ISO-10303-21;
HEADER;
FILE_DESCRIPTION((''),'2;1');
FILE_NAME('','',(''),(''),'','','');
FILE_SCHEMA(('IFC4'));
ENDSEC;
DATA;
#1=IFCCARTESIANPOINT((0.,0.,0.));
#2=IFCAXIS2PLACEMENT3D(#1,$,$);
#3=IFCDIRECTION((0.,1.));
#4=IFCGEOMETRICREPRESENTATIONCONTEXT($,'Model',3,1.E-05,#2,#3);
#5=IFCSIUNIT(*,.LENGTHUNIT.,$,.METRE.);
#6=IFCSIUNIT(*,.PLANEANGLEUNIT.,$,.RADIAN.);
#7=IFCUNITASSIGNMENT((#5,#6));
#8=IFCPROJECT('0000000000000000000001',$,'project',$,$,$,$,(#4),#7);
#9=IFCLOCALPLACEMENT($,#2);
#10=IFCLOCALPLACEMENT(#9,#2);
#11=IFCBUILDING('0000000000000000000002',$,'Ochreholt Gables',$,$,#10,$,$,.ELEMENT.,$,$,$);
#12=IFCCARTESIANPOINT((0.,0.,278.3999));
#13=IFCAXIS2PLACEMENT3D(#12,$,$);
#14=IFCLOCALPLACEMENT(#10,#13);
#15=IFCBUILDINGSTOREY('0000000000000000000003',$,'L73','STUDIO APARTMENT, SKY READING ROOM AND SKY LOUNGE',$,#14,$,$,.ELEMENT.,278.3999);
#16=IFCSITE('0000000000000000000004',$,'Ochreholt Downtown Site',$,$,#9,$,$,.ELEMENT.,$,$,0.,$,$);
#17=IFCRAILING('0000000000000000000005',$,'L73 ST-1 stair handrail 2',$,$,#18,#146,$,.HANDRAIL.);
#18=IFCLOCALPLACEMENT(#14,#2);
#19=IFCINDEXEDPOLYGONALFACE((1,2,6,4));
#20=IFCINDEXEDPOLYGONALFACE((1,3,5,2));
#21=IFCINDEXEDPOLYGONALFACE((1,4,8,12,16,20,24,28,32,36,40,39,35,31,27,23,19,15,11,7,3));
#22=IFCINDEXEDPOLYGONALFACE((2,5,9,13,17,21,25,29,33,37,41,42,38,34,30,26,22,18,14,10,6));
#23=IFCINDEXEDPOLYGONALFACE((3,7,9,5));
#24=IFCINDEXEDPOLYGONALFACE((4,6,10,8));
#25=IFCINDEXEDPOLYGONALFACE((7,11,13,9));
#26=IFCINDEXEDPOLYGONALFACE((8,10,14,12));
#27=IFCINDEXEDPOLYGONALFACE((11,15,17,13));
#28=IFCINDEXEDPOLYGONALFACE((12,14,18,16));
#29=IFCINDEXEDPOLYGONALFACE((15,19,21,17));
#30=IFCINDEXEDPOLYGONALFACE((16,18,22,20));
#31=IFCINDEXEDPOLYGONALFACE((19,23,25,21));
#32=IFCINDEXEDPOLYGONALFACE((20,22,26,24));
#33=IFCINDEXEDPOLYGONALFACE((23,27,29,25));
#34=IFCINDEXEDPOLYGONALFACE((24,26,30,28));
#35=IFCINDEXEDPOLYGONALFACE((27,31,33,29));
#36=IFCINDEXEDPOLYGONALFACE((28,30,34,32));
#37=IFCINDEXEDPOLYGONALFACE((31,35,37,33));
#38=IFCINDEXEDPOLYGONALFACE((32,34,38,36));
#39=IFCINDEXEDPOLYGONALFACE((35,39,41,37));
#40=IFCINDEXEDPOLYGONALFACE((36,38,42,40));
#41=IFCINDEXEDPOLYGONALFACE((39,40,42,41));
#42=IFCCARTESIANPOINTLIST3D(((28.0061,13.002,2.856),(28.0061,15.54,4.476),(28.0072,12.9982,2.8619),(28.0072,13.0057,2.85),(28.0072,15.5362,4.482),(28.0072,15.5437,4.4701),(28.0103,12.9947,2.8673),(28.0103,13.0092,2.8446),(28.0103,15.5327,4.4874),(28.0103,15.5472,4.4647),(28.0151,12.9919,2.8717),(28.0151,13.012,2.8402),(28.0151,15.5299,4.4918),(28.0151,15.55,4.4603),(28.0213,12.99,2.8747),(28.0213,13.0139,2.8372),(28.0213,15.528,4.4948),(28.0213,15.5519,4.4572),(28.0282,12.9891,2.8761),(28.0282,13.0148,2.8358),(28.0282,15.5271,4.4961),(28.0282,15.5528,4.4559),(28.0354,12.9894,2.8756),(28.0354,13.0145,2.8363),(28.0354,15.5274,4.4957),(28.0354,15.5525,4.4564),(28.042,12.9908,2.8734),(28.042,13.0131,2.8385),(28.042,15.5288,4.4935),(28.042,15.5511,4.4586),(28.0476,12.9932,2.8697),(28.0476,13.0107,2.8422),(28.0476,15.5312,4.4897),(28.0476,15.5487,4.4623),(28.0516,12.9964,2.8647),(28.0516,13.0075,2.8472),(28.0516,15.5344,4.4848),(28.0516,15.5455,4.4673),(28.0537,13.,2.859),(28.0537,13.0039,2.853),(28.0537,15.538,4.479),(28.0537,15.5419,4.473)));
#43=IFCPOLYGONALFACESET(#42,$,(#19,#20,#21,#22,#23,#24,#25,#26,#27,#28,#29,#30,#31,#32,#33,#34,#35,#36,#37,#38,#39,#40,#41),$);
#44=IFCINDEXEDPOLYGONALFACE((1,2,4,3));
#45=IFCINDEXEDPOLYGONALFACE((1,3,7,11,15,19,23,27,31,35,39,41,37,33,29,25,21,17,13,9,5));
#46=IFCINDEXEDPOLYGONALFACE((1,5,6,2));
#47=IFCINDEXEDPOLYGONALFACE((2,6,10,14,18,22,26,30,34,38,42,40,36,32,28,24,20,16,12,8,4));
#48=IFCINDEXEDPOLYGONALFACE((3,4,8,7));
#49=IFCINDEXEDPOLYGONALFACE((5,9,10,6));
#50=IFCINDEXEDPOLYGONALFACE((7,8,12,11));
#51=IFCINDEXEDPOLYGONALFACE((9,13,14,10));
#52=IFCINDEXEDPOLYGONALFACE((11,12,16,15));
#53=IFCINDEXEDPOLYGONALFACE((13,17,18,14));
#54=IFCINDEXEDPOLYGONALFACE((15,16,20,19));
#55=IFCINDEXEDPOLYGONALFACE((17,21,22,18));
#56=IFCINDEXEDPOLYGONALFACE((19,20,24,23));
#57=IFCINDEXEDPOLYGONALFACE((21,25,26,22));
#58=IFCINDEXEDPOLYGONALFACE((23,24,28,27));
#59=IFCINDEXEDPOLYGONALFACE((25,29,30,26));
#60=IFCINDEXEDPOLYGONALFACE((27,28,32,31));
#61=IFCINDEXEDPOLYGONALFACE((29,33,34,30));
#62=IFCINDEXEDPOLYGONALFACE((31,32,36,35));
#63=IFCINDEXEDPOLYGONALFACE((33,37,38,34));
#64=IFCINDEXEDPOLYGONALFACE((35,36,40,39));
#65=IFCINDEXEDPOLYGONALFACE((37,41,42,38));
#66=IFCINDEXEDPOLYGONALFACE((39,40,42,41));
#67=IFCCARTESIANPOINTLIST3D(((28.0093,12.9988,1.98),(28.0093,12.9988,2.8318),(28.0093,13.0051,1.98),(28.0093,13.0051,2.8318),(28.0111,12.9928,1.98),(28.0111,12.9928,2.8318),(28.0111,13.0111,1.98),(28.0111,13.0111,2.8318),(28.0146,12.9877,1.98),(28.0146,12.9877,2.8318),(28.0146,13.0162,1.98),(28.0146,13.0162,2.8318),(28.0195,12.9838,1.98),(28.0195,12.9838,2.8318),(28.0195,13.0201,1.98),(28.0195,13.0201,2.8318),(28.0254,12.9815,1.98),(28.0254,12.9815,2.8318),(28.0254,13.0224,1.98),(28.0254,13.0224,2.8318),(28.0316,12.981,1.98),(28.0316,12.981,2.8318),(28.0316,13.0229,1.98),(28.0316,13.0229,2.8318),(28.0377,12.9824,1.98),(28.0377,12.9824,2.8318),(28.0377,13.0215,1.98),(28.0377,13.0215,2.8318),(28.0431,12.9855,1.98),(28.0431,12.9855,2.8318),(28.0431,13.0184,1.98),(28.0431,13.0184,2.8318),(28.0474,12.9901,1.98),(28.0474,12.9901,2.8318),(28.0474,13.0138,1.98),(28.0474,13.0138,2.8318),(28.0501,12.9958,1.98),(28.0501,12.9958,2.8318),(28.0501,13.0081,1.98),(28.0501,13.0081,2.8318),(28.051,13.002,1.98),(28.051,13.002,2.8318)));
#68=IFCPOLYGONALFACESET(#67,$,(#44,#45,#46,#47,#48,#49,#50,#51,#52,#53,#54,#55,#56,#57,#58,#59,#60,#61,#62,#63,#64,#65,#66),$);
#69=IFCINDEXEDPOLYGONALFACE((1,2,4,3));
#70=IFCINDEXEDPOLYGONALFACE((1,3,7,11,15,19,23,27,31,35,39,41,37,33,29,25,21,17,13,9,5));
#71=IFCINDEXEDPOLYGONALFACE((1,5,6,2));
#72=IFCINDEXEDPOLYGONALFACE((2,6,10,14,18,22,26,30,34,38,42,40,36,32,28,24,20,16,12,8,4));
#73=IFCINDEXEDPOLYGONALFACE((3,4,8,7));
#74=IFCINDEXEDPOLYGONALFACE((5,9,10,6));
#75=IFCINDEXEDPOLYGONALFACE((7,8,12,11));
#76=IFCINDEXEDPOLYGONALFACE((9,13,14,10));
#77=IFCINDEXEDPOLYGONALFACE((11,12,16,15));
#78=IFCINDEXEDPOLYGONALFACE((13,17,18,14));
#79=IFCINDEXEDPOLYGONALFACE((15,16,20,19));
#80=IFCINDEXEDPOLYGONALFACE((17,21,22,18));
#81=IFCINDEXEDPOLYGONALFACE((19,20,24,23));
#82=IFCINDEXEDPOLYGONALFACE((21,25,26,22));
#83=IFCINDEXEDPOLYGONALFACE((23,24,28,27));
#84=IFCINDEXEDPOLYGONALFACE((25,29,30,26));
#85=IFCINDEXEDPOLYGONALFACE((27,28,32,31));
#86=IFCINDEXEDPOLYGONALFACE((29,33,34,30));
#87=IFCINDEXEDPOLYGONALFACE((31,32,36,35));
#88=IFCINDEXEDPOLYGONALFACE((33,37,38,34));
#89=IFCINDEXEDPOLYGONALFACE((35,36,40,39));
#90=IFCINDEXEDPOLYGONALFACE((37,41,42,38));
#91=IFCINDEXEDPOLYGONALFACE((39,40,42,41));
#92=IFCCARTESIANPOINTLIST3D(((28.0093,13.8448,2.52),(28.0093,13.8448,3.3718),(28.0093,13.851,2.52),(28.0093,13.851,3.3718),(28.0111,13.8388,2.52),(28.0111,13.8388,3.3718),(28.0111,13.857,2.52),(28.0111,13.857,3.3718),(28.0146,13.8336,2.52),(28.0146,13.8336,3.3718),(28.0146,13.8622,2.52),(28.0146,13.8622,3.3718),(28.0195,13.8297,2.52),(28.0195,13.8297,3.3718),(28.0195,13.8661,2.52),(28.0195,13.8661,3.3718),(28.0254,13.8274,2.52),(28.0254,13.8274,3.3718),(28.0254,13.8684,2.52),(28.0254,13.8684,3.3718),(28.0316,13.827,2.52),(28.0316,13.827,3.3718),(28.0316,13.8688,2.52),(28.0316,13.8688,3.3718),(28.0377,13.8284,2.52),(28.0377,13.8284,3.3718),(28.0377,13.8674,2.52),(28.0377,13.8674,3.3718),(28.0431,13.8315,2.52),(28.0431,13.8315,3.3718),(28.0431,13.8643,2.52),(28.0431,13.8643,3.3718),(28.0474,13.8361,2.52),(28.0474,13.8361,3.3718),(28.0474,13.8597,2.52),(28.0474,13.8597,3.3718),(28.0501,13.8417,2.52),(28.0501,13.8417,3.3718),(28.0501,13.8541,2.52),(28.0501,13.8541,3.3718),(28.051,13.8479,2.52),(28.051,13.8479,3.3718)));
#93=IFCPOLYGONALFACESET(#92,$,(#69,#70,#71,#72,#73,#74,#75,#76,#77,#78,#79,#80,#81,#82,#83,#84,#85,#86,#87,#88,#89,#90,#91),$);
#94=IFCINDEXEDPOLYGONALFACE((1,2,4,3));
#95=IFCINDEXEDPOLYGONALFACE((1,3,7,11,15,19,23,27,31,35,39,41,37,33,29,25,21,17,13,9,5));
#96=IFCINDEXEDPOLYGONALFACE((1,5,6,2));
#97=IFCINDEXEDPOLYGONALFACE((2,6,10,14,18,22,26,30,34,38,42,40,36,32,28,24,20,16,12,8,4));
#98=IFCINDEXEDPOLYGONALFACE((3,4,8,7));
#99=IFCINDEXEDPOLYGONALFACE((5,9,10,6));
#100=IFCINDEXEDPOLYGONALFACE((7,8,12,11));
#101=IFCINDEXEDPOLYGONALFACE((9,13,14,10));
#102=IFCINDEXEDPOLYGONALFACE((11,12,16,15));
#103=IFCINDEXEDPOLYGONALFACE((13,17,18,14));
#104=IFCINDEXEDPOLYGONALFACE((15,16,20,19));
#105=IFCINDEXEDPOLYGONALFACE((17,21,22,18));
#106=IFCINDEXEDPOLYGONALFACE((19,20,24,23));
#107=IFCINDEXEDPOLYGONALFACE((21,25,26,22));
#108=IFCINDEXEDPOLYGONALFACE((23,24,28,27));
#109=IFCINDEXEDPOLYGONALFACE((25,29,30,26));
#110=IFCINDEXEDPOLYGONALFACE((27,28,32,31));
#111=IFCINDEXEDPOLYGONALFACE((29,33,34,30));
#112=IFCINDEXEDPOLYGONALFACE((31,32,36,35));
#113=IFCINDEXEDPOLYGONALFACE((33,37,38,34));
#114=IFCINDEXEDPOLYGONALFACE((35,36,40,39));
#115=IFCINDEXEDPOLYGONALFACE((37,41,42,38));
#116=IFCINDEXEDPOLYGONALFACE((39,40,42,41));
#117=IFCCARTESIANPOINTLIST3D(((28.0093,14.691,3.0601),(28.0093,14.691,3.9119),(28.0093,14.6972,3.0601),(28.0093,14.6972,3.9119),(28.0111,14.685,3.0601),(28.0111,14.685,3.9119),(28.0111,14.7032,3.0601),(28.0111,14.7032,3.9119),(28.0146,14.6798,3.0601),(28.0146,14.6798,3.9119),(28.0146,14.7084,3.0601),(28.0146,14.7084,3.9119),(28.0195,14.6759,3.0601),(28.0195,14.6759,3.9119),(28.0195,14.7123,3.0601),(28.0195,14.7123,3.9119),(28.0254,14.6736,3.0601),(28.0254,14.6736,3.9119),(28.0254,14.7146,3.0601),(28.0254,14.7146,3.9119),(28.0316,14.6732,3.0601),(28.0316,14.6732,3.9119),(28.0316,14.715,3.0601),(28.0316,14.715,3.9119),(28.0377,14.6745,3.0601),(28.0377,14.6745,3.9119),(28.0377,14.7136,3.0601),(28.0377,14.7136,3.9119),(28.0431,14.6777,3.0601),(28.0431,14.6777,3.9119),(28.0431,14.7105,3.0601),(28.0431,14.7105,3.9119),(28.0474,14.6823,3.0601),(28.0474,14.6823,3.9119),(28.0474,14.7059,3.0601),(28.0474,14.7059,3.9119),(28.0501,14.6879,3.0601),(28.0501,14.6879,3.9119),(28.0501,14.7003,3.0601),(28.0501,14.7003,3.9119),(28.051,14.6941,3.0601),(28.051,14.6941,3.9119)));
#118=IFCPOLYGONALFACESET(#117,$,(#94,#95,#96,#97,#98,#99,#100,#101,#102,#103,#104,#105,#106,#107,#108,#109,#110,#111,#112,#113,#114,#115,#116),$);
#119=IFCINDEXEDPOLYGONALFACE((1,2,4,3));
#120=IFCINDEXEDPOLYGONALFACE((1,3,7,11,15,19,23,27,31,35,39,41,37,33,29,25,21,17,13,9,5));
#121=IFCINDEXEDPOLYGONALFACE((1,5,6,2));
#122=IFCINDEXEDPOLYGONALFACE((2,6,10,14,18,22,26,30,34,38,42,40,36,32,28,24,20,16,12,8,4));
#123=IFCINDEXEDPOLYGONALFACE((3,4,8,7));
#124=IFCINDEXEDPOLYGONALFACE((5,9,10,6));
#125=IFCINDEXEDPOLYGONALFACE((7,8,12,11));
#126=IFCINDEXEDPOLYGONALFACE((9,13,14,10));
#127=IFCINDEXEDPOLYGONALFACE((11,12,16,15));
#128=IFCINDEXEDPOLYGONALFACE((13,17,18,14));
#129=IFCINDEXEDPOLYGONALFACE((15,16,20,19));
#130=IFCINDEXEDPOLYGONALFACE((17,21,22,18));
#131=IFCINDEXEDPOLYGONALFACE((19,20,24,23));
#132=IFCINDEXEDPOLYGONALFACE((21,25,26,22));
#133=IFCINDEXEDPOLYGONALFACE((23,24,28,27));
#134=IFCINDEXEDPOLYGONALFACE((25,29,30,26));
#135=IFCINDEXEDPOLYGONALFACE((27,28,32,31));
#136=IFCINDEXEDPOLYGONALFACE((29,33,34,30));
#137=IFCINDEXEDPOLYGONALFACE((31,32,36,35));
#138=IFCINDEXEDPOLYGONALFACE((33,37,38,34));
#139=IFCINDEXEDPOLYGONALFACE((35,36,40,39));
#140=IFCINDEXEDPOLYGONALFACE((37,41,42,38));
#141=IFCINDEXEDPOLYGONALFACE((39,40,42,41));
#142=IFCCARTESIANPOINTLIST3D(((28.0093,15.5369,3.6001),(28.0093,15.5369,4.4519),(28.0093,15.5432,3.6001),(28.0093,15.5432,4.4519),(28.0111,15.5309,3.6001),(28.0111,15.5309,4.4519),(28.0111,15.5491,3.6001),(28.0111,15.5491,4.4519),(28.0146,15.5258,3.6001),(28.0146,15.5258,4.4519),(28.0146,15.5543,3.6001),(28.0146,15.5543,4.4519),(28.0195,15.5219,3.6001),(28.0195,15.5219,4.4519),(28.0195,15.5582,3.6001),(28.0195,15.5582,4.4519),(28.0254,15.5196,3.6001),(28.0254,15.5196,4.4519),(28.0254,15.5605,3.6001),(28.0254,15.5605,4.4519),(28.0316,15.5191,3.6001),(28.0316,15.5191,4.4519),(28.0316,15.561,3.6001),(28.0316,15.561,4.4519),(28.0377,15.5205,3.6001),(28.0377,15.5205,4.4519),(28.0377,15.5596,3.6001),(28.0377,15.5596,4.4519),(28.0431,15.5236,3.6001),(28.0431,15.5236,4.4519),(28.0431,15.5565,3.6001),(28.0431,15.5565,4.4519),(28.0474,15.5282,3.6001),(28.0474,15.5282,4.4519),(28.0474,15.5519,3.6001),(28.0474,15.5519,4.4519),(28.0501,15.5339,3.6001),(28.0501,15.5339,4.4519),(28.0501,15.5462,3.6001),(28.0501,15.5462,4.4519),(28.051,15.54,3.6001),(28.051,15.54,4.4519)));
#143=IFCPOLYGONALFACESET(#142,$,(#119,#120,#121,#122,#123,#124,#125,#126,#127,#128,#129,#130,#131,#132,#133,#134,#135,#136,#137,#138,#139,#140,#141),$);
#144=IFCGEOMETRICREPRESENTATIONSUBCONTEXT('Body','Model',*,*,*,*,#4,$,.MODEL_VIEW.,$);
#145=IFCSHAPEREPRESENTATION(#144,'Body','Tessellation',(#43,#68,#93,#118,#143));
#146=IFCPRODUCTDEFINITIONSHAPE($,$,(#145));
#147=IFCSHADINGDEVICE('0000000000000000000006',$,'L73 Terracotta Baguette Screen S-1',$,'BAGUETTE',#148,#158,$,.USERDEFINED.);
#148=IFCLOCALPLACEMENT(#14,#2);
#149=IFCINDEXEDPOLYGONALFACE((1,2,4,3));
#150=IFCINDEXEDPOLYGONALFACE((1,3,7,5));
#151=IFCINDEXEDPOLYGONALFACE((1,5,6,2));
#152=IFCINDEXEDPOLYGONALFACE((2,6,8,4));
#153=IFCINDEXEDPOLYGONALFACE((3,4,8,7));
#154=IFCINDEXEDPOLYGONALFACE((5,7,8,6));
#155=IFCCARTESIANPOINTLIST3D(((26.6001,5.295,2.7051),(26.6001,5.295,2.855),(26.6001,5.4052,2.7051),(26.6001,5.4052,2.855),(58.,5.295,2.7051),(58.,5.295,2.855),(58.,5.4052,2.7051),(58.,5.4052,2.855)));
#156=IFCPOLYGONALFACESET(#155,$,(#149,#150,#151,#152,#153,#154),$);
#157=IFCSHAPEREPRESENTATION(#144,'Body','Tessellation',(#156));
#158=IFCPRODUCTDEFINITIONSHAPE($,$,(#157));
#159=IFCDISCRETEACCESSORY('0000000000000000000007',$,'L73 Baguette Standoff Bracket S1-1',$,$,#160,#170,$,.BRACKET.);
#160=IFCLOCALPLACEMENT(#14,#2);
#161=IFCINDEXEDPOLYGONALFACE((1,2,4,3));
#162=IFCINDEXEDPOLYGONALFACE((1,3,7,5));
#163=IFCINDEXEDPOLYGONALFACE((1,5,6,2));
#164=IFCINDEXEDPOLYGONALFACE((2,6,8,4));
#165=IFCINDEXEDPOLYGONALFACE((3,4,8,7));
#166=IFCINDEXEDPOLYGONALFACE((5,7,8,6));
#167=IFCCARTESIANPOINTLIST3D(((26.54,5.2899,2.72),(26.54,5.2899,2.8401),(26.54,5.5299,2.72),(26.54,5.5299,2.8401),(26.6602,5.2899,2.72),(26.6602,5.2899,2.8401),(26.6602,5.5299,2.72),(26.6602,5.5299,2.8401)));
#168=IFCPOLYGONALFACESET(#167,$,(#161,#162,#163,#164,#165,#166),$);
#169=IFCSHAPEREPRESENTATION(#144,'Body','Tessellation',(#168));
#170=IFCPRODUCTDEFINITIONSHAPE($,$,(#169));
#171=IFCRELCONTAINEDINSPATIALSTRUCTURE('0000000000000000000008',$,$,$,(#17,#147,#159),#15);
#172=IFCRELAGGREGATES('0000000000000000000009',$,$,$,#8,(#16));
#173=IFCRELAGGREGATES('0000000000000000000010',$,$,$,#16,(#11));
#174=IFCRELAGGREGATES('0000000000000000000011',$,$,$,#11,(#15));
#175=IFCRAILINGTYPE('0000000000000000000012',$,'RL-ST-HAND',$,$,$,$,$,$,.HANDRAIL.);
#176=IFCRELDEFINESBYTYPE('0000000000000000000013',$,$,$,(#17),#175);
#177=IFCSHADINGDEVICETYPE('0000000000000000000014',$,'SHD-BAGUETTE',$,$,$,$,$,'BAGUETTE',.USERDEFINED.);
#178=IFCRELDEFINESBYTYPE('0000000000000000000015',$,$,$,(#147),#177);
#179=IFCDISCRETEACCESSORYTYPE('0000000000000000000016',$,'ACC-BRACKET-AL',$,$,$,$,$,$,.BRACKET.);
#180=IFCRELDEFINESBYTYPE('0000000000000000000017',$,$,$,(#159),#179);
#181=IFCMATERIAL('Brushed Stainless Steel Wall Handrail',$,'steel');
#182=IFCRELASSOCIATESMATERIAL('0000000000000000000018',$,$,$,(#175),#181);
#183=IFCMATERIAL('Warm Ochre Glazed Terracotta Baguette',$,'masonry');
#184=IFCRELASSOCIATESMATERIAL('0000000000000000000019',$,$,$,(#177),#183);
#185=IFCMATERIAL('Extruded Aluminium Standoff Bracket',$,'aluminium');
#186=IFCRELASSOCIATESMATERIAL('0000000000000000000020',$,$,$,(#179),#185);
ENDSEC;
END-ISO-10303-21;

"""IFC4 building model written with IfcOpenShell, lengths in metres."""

from ifc_helpers import new_model, si_unit, direction, frame, origin, origin_2d, place, context, subcontext, project, spatial, rectangle, circle, extrude, material, material_profile, profile_set, type_object, element, save


model = new_model("IFC4")

# Units and contexts
model_context = context("Model", 3, precision=1e-05, world=origin(), true_north=direction((0.0, 1.0)))
body_context = subcontext(model_context, "Body", "Model", "MODEL_VIEW")
ifc_project = project(units=[si_unit("LENGTHUNIT", "METRE"), si_unit("PLANEANGLEUNIT", "RADIAN")], contexts=[model_context])

# Site, building, storey
site_placement = place(None, origin())
site = spatial("IfcSite", under=ifc_project, at=site_placement, Name="Ochreholt Downtown Site", CompositionType="ELEMENT", RefElevation=0.0)
building_placement = place(site_placement, origin())
building = spatial("IfcBuilding", under=site, at=building_placement, Name="Ochreholt Gables", CompositionType="ELEMENT")
storey_placement = place(building_placement, frame((0.0, 0.0, 278.3999)))
storey = spatial("IfcBuildingStorey", under=building, at=storey_placement, Name="L73", Description="STUDIO APARTMENT, SKY READING ROOM AND SKY LOUNGE", CompositionType="ELEMENT", Elevation=278.3999)

# Railing
ifc_material_1 = material(Name="Brushed Stainless Steel Wall Handrail", Category="steel")
railing_type_1 = type_object("IfcRailingType", Name="RL-ST-HAND", PredefinedType="HANDRAIL", material=ifc_material_1)
railing_1_placement = place(storey_placement, frame((28.03, 13.002, 1.98)))
element("IfcRailing", 1, at=railing_1_placement, inside=storey, type_object=railing_type_1, Name="L73 ST-1 stair handrail 2", PredefinedType="HANDRAIL", context=body_context, shape_type="SweptSolid", body=[
    extrude(circle(Radius=0.0239, at=origin_2d()), frame((0.0, 0.0, 0.876), z_axis=(0.0, 0.842913, 0.53805), x_axis=(-1.0, 0.0, 0.0)), (0.0, 0.0, 1.0), 3.011),
    extrude(circle(Radius=0.021, at=origin_2d()), origin(), (0.0, 0.0, 1.0), 0.8518),
    extrude(circle(Radius=0.021, at=origin_2d()), frame((0.0, 0.8459, 0.54)), (0.0, 0.0, 1.0), 0.8518),
    extrude(circle(Radius=0.021, at=origin_2d()), frame((0.0, 1.6921, 1.0801)), (0.0, 0.0, 1.0), 0.8518),
    extrude(circle(Radius=0.021, at=origin_2d()), frame((0.0, 2.5381, 1.6201)), (0.0, 0.0, 1.0), 0.8518),
])

# Shading device
ifc_material_2 = material(Name="Warm Ochre Glazed Terracotta Baguette", Category="masonry")
ifc_material_profile_1 = material_profile(ifc_material_2, rectangle(XDim=0.1101, YDim=0.1499, at=origin_2d()), Name="TCBAG110X150")
ifc_profile_set_1 = profile_set([ifc_material_profile_1], Name="Warm Ochre Glazed Terracotta Baguette")
shading_device_type = type_object("IfcShadingDeviceType", Name="SHD-BAGUETTE", ElementType="BAGUETTE", PredefinedType="USERDEFINED", material=ifc_profile_set_1)
shading_device_placement = place(storey_placement, frame((26.6001, 5.3501, 2.78), z_axis=(1.0, 0.0, 0.0), x_axis=(0.0, 1.0, 0.0)))
element("IfcShadingDevice", 2, at=shading_device_placement, inside=storey, type_object=shading_device_type, Name="L73 Terracotta Baguette Screen S-1", ObjectType="BAGUETTE", PredefinedType="USERDEFINED", context=body_context, shape_type="SweptSolid", body=[
    extrude(rectangle(XDim=0.1101, YDim=0.1499, at=origin_2d()), origin(), (0.0, 0.0, 1.0), 31.3999),
])

# Discrete accessory
ifc_material_3 = material(Name="Extruded Aluminium Standoff Bracket", Category="aluminium")
discrete_accessory_type = type_object("IfcDiscreteAccessoryType", Name="ACC-BRACKET-AL", PredefinedType="BRACKET", material=ifc_material_3)
discrete_accessory_placement = place(storey_placement, frame((26.6001, 5.4099, 2.72), z_axis=(0.0, 0.0, 1.0), x_axis=(1.0, 0.0, 0.0)))
element("IfcDiscreteAccessory", 3, at=discrete_accessory_placement, inside=storey, type_object=discrete_accessory_type, Name="L73 Baguette Standoff Bracket S1-1", PredefinedType="BRACKET", context=body_context, shape_type="SweptSolid", body=[
    extrude(rectangle(XDim=0.1201, YDim=0.24, at=origin_2d()), origin(), (0.0, 0.0, 1.0), 0.1201),
])

save(model, "model.ifc")
